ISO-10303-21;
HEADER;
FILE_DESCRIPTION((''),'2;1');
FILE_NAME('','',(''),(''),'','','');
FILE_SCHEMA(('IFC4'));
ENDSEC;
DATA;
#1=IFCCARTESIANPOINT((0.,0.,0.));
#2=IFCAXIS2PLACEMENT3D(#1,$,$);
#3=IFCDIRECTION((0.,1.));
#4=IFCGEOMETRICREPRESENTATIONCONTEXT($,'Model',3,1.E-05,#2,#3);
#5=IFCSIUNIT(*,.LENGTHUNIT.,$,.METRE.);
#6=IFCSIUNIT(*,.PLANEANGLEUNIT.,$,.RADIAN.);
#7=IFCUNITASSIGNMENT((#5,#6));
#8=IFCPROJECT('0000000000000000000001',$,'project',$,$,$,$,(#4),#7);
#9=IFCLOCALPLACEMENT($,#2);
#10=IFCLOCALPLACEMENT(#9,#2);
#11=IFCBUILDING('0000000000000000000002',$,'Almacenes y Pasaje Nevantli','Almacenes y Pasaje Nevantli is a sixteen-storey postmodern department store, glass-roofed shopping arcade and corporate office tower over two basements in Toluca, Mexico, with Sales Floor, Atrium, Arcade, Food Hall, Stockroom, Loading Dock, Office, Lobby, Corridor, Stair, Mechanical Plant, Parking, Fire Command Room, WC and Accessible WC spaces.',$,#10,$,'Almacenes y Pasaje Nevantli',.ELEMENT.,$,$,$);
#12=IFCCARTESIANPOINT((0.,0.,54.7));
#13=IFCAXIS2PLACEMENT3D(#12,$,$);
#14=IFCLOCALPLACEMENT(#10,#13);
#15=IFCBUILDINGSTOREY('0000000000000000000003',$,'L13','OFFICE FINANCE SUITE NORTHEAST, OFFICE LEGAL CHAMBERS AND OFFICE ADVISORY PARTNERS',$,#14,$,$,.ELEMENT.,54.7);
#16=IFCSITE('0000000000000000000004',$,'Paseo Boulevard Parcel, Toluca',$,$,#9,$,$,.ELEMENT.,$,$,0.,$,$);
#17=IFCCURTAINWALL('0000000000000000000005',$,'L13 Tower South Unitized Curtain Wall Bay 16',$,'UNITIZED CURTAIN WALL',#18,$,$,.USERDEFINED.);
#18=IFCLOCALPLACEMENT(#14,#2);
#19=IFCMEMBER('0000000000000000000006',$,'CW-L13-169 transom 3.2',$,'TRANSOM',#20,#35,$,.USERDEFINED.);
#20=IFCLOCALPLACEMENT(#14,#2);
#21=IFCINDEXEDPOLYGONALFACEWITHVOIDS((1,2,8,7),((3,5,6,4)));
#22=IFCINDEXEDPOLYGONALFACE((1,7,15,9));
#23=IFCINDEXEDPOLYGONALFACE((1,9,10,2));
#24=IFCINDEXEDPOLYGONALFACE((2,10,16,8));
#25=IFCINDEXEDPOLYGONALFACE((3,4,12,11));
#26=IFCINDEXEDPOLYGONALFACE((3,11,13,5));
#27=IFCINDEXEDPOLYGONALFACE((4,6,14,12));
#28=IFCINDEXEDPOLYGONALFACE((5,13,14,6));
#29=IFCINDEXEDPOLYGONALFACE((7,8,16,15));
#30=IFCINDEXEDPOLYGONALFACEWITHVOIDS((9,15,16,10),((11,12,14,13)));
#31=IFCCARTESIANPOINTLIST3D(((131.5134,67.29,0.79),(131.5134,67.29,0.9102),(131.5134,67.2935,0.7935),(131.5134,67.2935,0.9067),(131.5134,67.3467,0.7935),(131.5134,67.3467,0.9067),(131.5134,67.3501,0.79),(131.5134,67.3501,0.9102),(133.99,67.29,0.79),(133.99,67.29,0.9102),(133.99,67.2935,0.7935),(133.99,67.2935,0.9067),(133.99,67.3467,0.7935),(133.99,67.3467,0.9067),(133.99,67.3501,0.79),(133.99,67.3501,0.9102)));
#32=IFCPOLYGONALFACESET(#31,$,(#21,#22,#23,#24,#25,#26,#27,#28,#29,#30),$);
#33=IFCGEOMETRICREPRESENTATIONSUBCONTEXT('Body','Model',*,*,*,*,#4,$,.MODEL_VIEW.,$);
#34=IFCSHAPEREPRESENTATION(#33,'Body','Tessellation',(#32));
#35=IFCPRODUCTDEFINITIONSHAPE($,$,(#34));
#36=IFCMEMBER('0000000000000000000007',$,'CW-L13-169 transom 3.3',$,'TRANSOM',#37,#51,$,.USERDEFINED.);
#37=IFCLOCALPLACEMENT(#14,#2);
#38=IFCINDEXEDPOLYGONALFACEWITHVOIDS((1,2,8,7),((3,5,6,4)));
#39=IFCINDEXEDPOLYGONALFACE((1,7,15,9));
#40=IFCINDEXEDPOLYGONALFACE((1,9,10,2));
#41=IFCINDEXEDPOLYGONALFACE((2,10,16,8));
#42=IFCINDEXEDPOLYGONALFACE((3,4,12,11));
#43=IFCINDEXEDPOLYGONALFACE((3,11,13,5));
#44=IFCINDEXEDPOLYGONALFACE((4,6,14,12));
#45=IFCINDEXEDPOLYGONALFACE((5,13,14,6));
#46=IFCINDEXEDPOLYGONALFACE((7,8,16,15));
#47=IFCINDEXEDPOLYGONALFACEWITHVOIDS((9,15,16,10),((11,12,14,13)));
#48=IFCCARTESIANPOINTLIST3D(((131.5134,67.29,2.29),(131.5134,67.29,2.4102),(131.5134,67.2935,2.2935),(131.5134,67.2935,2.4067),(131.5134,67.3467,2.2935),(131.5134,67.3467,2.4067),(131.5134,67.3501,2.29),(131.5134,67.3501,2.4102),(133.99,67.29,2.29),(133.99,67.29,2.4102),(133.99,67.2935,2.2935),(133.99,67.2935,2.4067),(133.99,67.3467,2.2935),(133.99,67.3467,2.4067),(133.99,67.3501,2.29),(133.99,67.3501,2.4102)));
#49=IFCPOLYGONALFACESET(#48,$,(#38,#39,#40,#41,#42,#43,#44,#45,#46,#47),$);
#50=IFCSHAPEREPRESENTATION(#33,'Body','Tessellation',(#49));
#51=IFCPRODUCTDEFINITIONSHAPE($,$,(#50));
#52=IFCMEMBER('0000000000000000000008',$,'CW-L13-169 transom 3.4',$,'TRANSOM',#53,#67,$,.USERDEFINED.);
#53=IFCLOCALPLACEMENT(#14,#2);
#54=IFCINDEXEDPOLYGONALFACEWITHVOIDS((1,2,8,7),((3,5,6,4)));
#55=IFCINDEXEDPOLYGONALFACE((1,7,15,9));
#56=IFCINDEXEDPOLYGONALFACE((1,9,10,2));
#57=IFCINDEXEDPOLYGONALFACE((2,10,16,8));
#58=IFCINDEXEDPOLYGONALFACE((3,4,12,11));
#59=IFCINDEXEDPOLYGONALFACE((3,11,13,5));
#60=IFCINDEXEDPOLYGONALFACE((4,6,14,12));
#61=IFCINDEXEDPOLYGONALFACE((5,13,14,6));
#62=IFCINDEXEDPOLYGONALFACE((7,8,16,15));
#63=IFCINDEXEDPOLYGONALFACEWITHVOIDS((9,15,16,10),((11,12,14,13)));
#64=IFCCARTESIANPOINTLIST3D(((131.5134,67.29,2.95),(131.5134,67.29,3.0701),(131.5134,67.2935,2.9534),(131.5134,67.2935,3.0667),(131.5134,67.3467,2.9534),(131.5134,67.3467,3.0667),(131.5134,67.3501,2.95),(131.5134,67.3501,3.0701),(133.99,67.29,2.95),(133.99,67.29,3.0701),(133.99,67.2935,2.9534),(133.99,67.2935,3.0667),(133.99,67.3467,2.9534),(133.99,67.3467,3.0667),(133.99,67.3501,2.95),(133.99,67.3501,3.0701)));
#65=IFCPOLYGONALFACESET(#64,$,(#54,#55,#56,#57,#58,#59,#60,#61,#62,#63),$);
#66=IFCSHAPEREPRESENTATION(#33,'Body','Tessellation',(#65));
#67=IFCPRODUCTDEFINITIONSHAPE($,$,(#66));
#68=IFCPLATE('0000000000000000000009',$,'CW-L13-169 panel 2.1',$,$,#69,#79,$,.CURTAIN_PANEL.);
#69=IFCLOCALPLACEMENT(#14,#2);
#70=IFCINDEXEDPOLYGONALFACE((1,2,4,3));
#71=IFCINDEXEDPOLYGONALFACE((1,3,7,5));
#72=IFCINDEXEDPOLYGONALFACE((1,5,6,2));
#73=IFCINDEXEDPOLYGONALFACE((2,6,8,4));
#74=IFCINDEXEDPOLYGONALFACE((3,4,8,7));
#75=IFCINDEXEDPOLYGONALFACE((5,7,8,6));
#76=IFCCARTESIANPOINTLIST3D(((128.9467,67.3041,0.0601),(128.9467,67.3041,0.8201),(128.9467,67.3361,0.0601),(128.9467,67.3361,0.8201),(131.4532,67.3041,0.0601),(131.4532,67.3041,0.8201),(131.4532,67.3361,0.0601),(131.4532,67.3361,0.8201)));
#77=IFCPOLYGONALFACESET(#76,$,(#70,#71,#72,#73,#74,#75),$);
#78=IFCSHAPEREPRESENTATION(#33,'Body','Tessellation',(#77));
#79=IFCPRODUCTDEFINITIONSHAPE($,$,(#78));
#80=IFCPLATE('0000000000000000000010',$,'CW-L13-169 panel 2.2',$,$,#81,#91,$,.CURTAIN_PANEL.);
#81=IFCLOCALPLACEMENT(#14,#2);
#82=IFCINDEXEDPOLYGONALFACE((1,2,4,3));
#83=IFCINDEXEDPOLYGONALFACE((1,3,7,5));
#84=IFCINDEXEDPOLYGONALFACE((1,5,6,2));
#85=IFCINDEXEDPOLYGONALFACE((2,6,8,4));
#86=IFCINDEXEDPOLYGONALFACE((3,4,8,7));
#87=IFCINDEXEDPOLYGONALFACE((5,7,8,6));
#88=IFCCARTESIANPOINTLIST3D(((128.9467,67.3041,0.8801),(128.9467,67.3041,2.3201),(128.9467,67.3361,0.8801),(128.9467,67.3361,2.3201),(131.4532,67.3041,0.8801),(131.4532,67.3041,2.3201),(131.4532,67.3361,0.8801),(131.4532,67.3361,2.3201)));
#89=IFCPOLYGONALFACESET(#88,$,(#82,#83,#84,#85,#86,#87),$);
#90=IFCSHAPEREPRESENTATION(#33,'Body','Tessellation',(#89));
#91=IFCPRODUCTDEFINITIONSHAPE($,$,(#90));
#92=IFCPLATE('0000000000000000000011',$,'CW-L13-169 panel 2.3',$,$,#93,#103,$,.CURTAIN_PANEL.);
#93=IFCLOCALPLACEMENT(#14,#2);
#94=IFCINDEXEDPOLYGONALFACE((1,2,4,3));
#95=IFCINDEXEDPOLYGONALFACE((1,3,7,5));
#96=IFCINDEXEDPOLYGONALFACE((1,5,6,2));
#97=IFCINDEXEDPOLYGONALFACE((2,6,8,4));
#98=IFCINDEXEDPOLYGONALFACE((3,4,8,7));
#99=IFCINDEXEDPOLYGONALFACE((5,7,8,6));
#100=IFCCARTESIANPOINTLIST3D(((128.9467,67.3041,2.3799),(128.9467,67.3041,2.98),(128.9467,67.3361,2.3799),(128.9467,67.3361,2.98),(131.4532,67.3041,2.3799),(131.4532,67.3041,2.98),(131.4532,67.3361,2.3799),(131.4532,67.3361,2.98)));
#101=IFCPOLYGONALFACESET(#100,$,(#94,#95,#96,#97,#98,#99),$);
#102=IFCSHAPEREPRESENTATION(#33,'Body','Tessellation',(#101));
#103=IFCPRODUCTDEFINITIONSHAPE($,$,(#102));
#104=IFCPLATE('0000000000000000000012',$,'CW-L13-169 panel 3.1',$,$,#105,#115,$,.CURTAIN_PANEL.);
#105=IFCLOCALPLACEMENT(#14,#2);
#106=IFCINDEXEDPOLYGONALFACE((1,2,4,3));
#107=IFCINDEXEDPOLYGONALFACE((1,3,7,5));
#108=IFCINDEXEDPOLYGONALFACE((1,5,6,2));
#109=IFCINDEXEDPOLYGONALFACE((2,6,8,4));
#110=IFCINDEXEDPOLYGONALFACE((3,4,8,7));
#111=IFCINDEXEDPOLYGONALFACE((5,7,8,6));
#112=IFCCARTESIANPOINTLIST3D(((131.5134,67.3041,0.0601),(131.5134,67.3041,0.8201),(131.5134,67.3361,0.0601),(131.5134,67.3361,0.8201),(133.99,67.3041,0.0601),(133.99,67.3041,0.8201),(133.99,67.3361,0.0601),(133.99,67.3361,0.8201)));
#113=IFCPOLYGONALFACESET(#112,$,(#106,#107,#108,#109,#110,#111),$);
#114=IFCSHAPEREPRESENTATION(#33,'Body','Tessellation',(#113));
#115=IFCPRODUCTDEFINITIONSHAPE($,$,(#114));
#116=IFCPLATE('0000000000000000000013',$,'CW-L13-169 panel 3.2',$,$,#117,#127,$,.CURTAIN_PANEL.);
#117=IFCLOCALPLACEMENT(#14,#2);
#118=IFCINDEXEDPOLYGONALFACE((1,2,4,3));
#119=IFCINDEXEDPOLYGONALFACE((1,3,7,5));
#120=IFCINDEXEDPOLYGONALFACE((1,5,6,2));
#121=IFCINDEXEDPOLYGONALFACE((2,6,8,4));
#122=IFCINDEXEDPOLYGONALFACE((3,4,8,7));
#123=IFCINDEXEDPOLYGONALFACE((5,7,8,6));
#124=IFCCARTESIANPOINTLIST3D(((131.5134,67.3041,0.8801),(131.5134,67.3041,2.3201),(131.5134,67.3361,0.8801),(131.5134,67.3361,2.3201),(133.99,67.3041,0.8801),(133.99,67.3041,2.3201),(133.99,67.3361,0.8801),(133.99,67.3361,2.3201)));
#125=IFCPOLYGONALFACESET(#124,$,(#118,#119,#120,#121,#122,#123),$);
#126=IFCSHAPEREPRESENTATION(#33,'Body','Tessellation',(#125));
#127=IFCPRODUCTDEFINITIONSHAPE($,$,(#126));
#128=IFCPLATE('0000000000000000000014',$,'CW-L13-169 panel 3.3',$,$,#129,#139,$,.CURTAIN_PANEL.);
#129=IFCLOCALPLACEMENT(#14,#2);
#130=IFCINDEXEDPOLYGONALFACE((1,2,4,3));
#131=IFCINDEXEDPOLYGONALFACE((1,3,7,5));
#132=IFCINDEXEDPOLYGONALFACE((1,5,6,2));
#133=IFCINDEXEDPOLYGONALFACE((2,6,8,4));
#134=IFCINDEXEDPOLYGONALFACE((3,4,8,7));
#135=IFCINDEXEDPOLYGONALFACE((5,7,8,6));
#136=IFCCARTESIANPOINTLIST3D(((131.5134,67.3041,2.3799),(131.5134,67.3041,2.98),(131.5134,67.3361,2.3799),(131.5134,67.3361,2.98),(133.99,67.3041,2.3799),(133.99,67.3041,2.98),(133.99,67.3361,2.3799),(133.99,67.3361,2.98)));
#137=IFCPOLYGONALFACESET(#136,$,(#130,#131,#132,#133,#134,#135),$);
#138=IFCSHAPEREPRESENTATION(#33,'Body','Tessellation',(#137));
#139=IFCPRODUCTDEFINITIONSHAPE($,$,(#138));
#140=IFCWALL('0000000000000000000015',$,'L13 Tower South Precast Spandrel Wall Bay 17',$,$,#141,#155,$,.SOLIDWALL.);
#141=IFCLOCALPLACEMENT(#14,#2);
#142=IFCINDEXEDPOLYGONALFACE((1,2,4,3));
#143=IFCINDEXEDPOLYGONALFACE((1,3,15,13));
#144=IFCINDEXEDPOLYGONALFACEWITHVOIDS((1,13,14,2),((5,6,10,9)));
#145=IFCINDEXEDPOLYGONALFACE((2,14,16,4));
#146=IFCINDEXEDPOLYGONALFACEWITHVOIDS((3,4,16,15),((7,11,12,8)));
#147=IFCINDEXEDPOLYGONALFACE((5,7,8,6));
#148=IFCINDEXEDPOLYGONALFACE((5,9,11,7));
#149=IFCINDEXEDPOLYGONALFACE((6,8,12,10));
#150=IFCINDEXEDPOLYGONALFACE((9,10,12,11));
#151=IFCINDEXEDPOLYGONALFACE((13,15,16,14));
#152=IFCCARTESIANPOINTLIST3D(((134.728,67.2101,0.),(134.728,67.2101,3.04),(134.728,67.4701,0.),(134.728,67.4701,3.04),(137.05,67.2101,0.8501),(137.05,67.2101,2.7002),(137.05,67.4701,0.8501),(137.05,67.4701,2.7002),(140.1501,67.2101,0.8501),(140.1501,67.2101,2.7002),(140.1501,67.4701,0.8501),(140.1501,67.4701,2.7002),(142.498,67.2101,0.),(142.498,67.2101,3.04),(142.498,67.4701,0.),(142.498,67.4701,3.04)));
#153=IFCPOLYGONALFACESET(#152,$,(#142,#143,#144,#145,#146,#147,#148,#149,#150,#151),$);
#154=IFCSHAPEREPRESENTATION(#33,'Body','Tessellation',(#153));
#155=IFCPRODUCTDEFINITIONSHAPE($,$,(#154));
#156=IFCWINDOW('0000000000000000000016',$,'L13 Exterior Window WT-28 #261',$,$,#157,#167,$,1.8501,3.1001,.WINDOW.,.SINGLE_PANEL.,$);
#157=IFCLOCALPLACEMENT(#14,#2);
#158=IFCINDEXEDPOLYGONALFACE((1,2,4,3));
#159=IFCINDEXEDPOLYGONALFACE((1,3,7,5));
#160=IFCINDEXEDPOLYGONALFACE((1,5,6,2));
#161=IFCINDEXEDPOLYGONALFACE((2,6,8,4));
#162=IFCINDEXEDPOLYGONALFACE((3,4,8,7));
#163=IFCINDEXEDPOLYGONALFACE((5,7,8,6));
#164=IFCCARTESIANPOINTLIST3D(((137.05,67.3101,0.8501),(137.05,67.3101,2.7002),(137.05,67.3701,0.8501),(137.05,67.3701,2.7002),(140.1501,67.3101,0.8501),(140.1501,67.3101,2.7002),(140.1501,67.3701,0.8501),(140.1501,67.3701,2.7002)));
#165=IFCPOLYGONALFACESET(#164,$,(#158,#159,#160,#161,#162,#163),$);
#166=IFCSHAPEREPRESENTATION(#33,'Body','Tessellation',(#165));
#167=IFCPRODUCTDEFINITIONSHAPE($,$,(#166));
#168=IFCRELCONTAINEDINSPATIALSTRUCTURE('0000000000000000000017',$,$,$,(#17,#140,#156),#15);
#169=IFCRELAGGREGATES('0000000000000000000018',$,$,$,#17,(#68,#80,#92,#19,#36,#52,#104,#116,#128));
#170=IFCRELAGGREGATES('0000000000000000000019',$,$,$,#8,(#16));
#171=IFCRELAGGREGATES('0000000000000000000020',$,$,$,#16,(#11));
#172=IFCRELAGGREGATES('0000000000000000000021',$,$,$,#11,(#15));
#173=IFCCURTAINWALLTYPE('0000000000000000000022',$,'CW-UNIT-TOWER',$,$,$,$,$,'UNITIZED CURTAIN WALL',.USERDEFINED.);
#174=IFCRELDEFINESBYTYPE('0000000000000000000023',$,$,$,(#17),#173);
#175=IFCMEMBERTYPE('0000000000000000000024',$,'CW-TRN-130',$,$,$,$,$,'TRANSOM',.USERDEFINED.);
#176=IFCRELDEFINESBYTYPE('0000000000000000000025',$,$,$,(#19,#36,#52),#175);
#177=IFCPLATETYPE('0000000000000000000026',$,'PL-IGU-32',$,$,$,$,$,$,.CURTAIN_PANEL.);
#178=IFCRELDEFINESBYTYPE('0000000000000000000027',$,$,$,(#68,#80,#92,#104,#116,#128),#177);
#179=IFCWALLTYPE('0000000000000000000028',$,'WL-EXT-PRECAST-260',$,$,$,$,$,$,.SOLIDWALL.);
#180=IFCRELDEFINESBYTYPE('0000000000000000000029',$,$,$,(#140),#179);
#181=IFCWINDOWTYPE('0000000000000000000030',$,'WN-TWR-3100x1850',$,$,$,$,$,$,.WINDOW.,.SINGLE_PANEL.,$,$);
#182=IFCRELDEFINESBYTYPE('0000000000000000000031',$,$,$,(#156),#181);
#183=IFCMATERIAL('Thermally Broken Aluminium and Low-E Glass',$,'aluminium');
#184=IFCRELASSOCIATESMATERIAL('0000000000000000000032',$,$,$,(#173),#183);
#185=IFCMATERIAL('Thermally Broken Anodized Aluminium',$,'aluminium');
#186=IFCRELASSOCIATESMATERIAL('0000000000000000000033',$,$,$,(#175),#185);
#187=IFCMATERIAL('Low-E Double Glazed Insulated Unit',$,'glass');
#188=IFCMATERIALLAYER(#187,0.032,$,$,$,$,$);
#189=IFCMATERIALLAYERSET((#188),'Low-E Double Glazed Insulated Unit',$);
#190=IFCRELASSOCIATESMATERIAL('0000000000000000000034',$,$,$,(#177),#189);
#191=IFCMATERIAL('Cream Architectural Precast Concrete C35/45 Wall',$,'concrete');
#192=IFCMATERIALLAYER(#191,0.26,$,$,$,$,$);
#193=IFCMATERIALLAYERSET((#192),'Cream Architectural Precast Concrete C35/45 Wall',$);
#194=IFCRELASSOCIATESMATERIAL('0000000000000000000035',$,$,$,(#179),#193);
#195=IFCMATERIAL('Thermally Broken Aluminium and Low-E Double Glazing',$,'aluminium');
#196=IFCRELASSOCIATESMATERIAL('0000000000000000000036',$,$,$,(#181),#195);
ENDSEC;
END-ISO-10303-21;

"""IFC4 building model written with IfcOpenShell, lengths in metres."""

from ifc_helpers import new_model, si_unit, direction, frame, frame_2d, origin, origin_2d, place, context, subcontext, project, spatial, rectangle, hollow_rectangle, extrude, material, layer, layer_set, material_profile, profile_set, type_object, element, fill, aggregate, save


model = new_model("IFC4")

# Units and contexts
model_context = context("Model", 3, precision=1e-05, world=origin(), true_north=direction((0.0, 1.0)))
body_context = subcontext(model_context, "Body", "Model", "MODEL_VIEW")
ifc_project = project(units=[si_unit("LENGTHUNIT", "METRE"), si_unit("PLANEANGLEUNIT", "RADIAN")], contexts=[model_context])

# Site, building, storey
site_placement = place(None, origin())
site = spatial("IfcSite", under=ifc_project, at=site_placement, Name="Paseo Boulevard Parcel, Toluca", CompositionType="ELEMENT", RefElevation=0.0)
building_placement = place(site_placement, origin())
building = spatial("IfcBuilding", under=site, at=building_placement, Name="Almacenes y Pasaje Nevantli", Description="Almacenes y Pasaje Nevantli is a sixteen-storey postmodern department store, glass-roofed shopping arcade and corporate office tower over two basements in Toluca, Mexico, with Sales Floor, Atrium, Arcade, Food Hall, Stockroom, Loading Dock, Office, Lobby, Corridor, Stair, Mechanical Plant, Parking, Fire Command Room, WC and Accessible WC spaces.", LongName="Almacenes y Pasaje Nevantli", CompositionType="ELEMENT")
storey_placement = place(building_placement, frame((0.0, 0.0, 54.7)))
storey = spatial("IfcBuildingStorey", under=building, at=storey_placement, Name="L13", Description="OFFICE FINANCE SUITE NORTHEAST, OFFICE LEGAL CHAMBERS AND OFFICE ADVISORY PARTNERS", CompositionType="ELEMENT", Elevation=54.7)

# Curtain wall, members, plates
ifc_material_1 = material(Name="Thermally Broken Aluminium and Low-E Glass", Category="aluminium")
curtain_wall_type = type_object("IfcCurtainWallType", Name="CW-UNIT-TOWER", ElementType="UNITIZED CURTAIN WALL", PredefinedType="USERDEFINED", material=ifc_material_1)
curtain_wall_placement = place(storey_placement, origin())
curtain_wall = element("IfcCurtainWall", 1, at=curtain_wall_placement, inside=storey, type_object=curtain_wall_type, Name="L13 Tower South Unitized Curtain Wall Bay 16", ObjectType="UNITIZED CURTAIN WALL", PredefinedType="USERDEFINED")
ifc_material_2 = material(Name="Thermally Broken Anodized Aluminium", Category="aluminium")
ifc_material_profile_1 = material_profile(ifc_material_2, hollow_rectangle(XDim=0.0601, YDim=0.1201, WallThickness=0.0034, at=origin_2d()), Name="ALU-TRN-60x120")
ifc_profile_set_1 = profile_set([ifc_material_profile_1], Name="Thermally Broken Anodized Aluminium")
member_type_1 = type_object("IfcMemberType", Name="CW-TRN-130", ElementType="TRANSOM", PredefinedType="USERDEFINED", material=ifc_profile_set_1)
member_1_placement = place(storey_placement, frame((131.5134, 67.3201, 0.8501), z_axis=(1.0, 0.0, 0.0), x_axis=(0.0, 1.0, 0.0)))
member_1 = element("IfcMember", 2, at=member_1_placement, type_object=member_type_1, Name="CW-L13-169 transom 3.2", ObjectType="TRANSOM", PredefinedType="USERDEFINED", context=body_context, shape_type="SweptSolid", body=[
    extrude(hollow_rectangle(XDim=0.0601, YDim=0.1201, WallThickness=0.0034, at=origin_2d()), origin(), (0.0, 0.0, 1.0), 2.4766),
])
member_2_placement = place(storey_placement, frame((131.5134, 67.3201, 2.3501), z_axis=(1.0, 0.0, 0.0), x_axis=(0.0, 1.0, 0.0)))
member_2 = element("IfcMember", 3, at=member_2_placement, type_object=member_type_1, Name="CW-L13-169 transom 3.3", ObjectType="TRANSOM", PredefinedType="USERDEFINED", context=body_context, shape_type="SweptSolid", body=[
    extrude(hollow_rectangle(XDim=0.0601, YDim=0.1201, WallThickness=0.0034, at=origin_2d()), origin(), (0.0, 0.0, 1.0), 2.4766),
])
member_3_placement = place(storey_placement, frame((131.5134, 67.3201, 3.01), z_axis=(1.0, 0.0, 0.0), x_axis=(0.0, 1.0, 0.0)))
member_3 = element("IfcMember", 4, at=member_3_placement, type_object=member_type_1, Name="CW-L13-169 transom 3.4", ObjectType="TRANSOM", PredefinedType="USERDEFINED", context=body_context, shape_type="SweptSolid", body=[
    extrude(hollow_rectangle(XDim=0.0601, YDim=0.1201, WallThickness=0.0034, at=origin_2d()), origin(), (0.0, 0.0, 1.0), 2.4766),
])
ifc_material_3 = material(Name="Low-E Double Glazed Insulated Unit", Category="glass")
ifc_layer_1 = layer(ifc_material_3, 0.032)
ifc_layer_set_1 = layer_set([ifc_layer_1], Name="Low-E Double Glazed Insulated Unit")
plate_type = type_object("IfcPlateType", Name="PL-IGU-32", PredefinedType="CURTAIN_PANEL", material=ifc_layer_set_1)
plate_1_placement = place(storey_placement, frame((130.2, 67.3201, 0.0601), z_axis=(0.0, 0.0, 1.0), x_axis=(1.0, 0.0, 0.0)))
plate_1 = element("IfcPlate", 5, at=plate_1_placement, type_object=plate_type, Name="CW-L13-169 panel 2.1", PredefinedType="CURTAIN_PANEL", context=body_context, shape_type="SweptSolid", body=[
    extrude(rectangle(XDim=2.5066, YDim=0.032, at=origin_2d()), origin(), (0.0, 0.0, 1.0), 0.76),
])
plate_2_placement = place(storey_placement, frame((130.2, 67.3201, 0.8801), z_axis=(0.0, 0.0, 1.0), x_axis=(1.0, 0.0, 0.0)))
plate_2 = element("IfcPlate", 6, at=plate_2_placement, type_object=plate_type, Name="CW-L13-169 panel 2.2", PredefinedType="CURTAIN_PANEL", context=body_context, shape_type="SweptSolid", body=[
    extrude(rectangle(XDim=2.5066, YDim=0.032, at=origin_2d()), origin(), (0.0, 0.0, 1.0), 1.4399),
])
plate_3_placement = place(storey_placement, frame((130.2, 67.3201, 2.3799), z_axis=(0.0, 0.0, 1.0), x_axis=(1.0, 0.0, 0.0)))
plate_3 = element("IfcPlate", 7, at=plate_3_placement, type_object=plate_type, Name="CW-L13-169 panel 2.3", PredefinedType="CURTAIN_PANEL", context=body_context, shape_type="SweptSolid", body=[
    extrude(rectangle(XDim=2.5066, YDim=0.032, at=origin_2d()), origin(), (0.0, 0.0, 1.0), 0.6001),
])
plate_4_placement = place(storey_placement, frame((132.7517, 67.3201, 0.0601), z_axis=(0.0, 0.0, 1.0), x_axis=(1.0, 0.0, 0.0)))
plate_4 = element("IfcPlate", 8, at=plate_4_placement, type_object=plate_type, Name="CW-L13-169 panel 3.1", PredefinedType="CURTAIN_PANEL", context=body_context, shape_type="SweptSolid", body=[
    extrude(rectangle(XDim=2.4766, YDim=0.032, at=origin_2d()), origin(), (0.0, 0.0, 1.0), 0.76),
])
plate_5_placement = place(storey_placement, frame((132.7517, 67.3201, 0.8801), z_axis=(0.0, 0.0, 1.0), x_axis=(1.0, 0.0, 0.0)))
plate_5 = element("IfcPlate", 9, at=plate_5_placement, type_object=plate_type, Name="CW-L13-169 panel 3.2", PredefinedType="CURTAIN_PANEL", context=body_context, shape_type="SweptSolid", body=[
    extrude(rectangle(XDim=2.4766, YDim=0.032, at=origin_2d()), origin(), (0.0, 0.0, 1.0), 1.4399),
])
plate_6_placement = place(storey_placement, frame((132.7517, 67.3201, 2.3799), z_axis=(0.0, 0.0, 1.0), x_axis=(1.0, 0.0, 0.0)))
plate_6 = element("IfcPlate", 10, at=plate_6_placement, type_object=plate_type, Name="CW-L13-169 panel 3.3", PredefinedType="CURTAIN_PANEL", context=body_context, shape_type="SweptSolid", body=[
    extrude(rectangle(XDim=2.4766, YDim=0.032, at=origin_2d()), origin(), (0.0, 0.0, 1.0), 0.6001),
])
aggregate(curtain_wall, [plate_1, plate_2, plate_3, member_1, member_2, member_3, plate_4, plate_5, plate_6])

# Wall, opening, window
ifc_material_4 = material(Name="Cream Architectural Precast Concrete C35/45 Wall", Category="concrete")
ifc_layer_2 = layer(ifc_material_4, 0.26)
ifc_layer_set_2 = layer_set([ifc_layer_2], Name="Cream Architectural Precast Concrete C35/45 Wall")
wall_type_1 = type_object("IfcWallType", Name="WL-EXT-PRECAST-260", PredefinedType="SOLIDWALL", material=ifc_layer_set_2)
wall_1_placement = place(storey_placement, frame((134.728, 67.3401, 0.0), z_axis=(0.0, 0.0, 1.0), x_axis=(1.0, 0.0, 0.0)))
wall_1 = element("IfcWall", 11, at=wall_1_placement, inside=storey, type_object=wall_type_1, Name="L13 Tower South Precast Spandrel Wall Bay 17", PredefinedType="SOLIDWALL", context=body_context, shape_type="SweptSolid", body=[
    extrude(rectangle(XDim=7.77, YDim=0.26, at=frame_2d((3.885, 0.0))), origin(), (0.0, 0.0, 1.0), 3.04),
])
opening_1_placement = place(wall_1_placement, frame((2.322, 0.0, 0.8501)))
opening_1 = element("IfcOpeningElement", 12, at=opening_1_placement, cuts=wall_1, PredefinedType="OPENING", context=body_context, shape_type="SweptSolid", body=[
    extrude(rectangle(XDim=3.1001, YDim=1.8501, at=frame_2d((1.55, 0.925))), frame((0.0, 0.1399, 0.0), z_axis=(0.0, -1.0, 0.0), x_axis=(1.0, 0.0, 0.0)), (0.0, 0.0, 1.0), 0.28),
])
ifc_material_5 = material(Name="Thermally Broken Aluminium and Low-E Double Glazing", Category="aluminium")
window_type = type_object("IfcWindowType", Name="WN-TWR-3100x1850", PartitioningType="SINGLE_PANEL", PredefinedType="WINDOW", material=ifc_material_5)
window_placement = place(opening_1_placement, origin())
window = element("IfcWindow", 13, at=window_placement, inside=storey, type_object=window_type, Name="L13 Exterior Window WT-28 #261", OverallHeight=1.8501, OverallWidth=3.1001, PartitioningType="SINGLE_PANEL", PredefinedType="WINDOW", context=body_context, shape_type="SweptSolid", body=[
    extrude(rectangle(XDim=3.1001, YDim=1.8501, at=frame_2d((1.55, 0.925))), frame((0.0, 0.03, 0.0), z_axis=(0.0, -1.0, 0.0), x_axis=(1.0, 0.0, 0.0)), (0.0, 0.0, 1.0), 0.0601),
])
fill(opening_1, window)

save(model, "model.ifc")
